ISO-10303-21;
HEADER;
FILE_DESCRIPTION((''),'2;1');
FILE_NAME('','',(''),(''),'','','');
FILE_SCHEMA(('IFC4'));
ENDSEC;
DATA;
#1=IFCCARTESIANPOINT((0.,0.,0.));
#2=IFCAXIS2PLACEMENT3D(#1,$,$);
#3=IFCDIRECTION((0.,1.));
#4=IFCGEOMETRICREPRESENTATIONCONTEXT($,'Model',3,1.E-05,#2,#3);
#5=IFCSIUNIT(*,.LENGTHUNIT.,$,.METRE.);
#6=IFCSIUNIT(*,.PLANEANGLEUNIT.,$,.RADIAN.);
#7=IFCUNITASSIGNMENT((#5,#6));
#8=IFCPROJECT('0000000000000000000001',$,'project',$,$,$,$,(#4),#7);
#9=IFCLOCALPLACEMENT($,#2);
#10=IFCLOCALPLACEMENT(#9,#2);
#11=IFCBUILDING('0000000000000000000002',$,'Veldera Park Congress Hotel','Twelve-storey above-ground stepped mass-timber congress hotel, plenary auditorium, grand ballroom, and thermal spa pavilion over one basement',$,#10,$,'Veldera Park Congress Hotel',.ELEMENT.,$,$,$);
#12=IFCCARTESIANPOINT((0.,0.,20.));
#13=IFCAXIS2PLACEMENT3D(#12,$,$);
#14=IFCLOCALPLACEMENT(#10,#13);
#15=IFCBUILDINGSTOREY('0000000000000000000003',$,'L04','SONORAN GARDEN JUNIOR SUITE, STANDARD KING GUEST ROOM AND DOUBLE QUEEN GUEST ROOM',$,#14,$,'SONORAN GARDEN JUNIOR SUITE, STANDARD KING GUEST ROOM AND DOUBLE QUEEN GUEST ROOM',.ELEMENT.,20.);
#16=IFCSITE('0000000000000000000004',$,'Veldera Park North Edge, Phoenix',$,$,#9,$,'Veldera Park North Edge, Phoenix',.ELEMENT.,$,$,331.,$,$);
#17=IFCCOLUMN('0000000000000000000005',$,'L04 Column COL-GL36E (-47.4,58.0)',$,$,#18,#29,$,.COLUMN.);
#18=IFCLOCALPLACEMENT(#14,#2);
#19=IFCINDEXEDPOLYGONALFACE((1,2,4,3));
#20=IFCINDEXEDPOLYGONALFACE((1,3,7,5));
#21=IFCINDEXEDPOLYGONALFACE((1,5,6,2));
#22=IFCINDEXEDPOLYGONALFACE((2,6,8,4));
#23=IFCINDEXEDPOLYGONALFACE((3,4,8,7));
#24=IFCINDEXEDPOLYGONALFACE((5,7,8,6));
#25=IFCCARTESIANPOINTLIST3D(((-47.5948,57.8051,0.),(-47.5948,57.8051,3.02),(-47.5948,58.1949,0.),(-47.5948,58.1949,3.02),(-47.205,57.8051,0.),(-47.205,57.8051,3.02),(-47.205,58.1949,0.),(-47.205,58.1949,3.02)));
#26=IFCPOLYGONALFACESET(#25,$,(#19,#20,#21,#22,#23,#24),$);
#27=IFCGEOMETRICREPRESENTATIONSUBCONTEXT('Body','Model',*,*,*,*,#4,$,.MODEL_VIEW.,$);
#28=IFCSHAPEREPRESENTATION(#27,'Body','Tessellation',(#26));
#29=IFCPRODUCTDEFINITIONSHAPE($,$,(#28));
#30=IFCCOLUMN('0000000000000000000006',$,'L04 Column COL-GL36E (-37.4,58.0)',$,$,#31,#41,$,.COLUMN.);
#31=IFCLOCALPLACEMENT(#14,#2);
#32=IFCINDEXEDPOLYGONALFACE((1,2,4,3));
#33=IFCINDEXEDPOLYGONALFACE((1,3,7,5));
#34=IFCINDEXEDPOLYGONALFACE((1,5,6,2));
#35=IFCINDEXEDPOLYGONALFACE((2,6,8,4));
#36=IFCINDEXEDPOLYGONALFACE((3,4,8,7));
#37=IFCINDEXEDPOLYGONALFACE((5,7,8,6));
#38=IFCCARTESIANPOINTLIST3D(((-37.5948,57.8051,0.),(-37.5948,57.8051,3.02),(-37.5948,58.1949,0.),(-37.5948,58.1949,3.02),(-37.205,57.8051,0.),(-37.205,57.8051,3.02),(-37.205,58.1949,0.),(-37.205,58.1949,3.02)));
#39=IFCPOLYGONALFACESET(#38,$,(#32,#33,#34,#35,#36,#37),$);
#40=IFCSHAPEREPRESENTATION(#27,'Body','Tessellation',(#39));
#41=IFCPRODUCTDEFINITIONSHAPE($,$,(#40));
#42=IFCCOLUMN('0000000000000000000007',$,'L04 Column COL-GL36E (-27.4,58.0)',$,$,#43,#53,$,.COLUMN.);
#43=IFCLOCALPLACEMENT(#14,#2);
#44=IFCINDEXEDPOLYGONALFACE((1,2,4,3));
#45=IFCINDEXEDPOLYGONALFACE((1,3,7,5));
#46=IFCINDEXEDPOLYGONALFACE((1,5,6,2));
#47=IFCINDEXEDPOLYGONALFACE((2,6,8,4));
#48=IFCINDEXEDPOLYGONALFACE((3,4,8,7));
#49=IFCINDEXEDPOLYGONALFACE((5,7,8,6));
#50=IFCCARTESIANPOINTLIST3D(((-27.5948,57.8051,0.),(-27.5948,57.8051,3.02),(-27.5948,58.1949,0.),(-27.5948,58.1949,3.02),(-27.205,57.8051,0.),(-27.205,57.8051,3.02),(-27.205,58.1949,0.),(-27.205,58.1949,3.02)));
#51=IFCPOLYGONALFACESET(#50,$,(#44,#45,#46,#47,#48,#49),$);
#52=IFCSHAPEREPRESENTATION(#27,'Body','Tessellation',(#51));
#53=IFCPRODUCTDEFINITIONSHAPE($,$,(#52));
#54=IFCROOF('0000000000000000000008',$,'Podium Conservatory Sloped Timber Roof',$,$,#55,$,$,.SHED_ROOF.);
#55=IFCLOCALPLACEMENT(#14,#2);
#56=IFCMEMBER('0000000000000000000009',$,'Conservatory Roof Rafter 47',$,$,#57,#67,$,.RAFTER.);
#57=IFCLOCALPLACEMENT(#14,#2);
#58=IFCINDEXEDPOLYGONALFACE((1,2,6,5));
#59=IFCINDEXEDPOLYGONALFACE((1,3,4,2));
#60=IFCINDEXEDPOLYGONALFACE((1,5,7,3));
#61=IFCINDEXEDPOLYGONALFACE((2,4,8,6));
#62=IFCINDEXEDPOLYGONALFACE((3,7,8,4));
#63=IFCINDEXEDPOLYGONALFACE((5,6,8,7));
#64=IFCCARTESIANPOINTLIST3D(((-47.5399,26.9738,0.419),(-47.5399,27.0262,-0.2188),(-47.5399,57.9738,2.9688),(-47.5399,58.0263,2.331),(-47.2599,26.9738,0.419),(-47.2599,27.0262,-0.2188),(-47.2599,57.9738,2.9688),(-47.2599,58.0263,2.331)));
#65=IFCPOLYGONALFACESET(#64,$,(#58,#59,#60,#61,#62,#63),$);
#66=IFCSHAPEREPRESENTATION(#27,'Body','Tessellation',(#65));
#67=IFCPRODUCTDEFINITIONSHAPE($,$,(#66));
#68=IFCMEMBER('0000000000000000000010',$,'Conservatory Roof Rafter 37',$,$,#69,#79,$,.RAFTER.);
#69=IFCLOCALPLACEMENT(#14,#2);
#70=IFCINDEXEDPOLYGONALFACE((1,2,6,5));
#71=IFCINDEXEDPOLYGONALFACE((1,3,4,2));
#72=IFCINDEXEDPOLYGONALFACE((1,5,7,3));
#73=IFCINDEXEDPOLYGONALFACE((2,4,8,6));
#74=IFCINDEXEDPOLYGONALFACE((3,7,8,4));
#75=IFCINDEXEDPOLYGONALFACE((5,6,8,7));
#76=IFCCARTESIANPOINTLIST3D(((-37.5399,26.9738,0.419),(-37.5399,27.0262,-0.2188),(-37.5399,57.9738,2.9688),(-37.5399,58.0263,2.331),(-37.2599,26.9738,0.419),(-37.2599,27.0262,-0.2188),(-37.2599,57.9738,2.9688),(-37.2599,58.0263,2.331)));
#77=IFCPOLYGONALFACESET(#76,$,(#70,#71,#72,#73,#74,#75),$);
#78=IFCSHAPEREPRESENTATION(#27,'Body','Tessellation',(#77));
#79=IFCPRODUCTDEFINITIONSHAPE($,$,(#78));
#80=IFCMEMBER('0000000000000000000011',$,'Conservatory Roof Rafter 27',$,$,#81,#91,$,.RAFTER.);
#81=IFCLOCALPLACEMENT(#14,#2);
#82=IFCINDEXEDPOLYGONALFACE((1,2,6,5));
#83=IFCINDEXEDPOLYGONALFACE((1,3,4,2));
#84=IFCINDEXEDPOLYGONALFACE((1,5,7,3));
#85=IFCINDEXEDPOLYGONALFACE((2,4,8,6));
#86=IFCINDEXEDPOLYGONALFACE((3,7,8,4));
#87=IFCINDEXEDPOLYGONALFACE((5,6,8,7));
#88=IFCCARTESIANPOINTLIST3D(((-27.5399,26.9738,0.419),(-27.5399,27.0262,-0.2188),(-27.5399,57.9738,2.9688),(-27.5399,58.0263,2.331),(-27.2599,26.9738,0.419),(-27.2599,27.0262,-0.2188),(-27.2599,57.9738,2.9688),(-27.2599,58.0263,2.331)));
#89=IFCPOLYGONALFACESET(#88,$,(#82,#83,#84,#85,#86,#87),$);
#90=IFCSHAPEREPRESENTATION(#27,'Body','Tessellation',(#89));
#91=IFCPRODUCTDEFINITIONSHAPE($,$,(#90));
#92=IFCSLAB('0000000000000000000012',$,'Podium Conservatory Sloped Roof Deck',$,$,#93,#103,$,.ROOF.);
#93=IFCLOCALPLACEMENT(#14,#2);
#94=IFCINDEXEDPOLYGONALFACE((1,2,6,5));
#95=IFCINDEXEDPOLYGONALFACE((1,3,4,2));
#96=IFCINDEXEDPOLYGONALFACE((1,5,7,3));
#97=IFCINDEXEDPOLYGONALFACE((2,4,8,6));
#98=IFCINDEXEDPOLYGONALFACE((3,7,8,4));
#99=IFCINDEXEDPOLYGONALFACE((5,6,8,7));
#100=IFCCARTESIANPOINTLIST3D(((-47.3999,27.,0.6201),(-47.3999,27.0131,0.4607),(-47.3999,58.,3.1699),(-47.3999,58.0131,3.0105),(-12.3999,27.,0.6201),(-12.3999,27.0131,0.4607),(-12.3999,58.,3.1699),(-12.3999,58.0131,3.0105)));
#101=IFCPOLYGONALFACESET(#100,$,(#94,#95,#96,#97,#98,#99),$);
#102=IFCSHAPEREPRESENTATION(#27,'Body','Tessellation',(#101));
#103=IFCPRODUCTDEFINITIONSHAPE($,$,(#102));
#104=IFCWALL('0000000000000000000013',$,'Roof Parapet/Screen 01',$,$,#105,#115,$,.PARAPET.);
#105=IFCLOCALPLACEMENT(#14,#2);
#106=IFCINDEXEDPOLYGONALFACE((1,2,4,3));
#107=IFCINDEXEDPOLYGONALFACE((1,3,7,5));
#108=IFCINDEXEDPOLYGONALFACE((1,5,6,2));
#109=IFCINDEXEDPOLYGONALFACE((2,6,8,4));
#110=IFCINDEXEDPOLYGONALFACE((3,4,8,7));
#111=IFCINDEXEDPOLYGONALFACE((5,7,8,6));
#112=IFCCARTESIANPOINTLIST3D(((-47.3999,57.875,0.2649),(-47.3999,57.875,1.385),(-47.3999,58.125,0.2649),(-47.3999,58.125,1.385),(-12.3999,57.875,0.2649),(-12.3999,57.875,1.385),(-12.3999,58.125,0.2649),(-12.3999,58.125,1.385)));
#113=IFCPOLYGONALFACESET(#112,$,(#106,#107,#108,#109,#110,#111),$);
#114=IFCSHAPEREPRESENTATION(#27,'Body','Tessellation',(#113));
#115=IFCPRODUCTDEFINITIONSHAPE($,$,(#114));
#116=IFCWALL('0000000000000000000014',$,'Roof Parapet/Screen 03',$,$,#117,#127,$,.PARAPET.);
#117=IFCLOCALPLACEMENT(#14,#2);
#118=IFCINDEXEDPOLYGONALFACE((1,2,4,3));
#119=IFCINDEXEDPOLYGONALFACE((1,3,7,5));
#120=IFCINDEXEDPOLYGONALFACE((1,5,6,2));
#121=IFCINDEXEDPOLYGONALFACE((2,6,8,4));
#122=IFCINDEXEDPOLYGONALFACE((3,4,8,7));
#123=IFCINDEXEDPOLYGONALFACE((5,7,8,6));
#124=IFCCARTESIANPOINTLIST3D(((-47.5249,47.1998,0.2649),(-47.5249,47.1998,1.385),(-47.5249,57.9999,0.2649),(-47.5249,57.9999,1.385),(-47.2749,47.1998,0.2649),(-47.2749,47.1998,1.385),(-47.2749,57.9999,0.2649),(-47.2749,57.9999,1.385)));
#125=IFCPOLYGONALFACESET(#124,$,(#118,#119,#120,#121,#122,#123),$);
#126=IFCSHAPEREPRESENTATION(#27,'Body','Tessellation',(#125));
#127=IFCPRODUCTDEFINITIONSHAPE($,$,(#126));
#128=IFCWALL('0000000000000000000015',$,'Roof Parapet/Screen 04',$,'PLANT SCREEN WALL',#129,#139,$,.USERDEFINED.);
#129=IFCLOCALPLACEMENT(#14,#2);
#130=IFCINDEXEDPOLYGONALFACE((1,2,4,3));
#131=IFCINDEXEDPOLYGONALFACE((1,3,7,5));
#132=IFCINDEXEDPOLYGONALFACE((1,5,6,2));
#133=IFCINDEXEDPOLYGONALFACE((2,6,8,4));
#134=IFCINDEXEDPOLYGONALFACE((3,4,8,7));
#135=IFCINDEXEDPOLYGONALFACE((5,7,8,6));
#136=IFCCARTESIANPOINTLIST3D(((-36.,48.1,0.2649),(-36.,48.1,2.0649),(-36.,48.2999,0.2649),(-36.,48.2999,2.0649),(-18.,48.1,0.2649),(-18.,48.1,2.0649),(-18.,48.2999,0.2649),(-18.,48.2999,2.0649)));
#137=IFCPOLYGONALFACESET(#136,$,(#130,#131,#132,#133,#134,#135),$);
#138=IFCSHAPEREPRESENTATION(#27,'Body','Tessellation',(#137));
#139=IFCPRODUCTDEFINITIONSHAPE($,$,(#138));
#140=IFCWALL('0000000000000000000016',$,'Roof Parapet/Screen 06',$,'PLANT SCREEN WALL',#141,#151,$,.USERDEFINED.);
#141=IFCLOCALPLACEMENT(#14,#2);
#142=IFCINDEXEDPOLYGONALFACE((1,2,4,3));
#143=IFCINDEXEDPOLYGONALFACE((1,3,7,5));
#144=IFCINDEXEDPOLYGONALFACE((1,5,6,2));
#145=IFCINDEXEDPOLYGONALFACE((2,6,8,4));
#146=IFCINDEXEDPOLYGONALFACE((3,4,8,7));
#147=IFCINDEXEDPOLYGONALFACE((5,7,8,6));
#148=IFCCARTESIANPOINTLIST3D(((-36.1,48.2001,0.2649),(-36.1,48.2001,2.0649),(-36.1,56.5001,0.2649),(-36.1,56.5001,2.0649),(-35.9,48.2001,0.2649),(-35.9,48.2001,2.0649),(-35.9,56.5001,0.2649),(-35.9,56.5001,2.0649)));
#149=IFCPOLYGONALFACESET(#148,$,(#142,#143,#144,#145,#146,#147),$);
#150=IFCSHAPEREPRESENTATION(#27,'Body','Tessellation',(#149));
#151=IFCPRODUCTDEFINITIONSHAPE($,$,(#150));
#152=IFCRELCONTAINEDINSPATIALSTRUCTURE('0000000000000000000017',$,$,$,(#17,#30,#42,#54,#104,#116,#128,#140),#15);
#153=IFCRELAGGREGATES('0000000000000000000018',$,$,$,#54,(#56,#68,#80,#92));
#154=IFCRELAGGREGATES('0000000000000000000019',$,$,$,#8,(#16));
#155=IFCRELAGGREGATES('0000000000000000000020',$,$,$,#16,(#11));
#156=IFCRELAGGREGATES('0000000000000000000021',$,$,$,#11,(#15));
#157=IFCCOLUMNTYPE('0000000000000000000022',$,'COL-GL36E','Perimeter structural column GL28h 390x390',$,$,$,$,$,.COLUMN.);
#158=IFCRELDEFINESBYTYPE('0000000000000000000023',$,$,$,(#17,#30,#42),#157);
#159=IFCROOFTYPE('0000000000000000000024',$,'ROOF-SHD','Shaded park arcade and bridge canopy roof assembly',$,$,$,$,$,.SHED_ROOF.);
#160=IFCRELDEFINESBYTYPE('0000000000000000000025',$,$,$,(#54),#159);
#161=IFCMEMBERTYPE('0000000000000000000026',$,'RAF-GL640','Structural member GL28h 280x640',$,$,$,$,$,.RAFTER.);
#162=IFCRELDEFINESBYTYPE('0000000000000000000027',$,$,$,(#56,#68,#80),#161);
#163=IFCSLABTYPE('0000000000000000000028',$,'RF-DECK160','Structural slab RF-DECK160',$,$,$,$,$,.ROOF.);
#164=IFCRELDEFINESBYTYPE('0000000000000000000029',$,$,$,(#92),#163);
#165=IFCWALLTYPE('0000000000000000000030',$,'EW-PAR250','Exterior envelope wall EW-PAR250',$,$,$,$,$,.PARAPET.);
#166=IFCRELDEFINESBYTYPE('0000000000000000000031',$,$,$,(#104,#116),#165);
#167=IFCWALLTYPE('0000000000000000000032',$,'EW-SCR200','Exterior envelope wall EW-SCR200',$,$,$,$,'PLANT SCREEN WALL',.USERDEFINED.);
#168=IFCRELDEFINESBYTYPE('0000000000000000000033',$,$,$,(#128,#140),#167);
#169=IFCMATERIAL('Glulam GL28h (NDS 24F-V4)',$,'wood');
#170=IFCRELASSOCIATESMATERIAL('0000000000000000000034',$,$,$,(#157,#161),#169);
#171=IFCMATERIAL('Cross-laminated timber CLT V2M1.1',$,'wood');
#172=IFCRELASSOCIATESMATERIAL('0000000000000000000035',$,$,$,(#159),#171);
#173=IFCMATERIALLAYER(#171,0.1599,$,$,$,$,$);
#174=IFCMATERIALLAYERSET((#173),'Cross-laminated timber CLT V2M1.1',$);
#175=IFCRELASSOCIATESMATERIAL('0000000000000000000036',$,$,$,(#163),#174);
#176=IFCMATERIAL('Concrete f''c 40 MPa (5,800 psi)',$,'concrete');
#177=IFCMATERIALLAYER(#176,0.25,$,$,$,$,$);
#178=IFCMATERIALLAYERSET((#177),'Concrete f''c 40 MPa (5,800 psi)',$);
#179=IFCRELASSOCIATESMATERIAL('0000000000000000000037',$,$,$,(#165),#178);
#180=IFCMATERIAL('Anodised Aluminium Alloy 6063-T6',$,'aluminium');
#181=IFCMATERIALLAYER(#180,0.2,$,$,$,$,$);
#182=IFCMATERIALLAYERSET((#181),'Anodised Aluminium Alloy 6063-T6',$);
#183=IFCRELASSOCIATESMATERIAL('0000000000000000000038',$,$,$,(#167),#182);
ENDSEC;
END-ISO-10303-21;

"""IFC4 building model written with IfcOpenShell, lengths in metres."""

from ifc_helpers import new_model, si_unit, direction, frame, frame_2d, origin, origin_2d, place, context, subcontext, project, spatial, polyline, rectangle, outline, extrude, material, layer, layer_set, material_profile, profile_set, type_object, element, aggregate, save


model = new_model("IFC4")

# Units and contexts
model_context = context("Model", 3, precision=1e-05, world=origin(), true_north=direction((0.0, 1.0)))
body_context = subcontext(model_context, "Body", "Model", "MODEL_VIEW")
ifc_project = project(units=[si_unit("LENGTHUNIT", "METRE"), si_unit("PLANEANGLEUNIT", "RADIAN")], contexts=[model_context])

# Site, building, storey
site_placement = place(None, origin())
site = spatial("IfcSite", under=ifc_project, at=site_placement, Name="Veldera Park North Edge, Phoenix", LongName="Veldera Park North Edge, Phoenix", CompositionType="ELEMENT", RefElevation=331.0)
building_placement = place(site_placement, origin())
building = spatial("IfcBuilding", under=site, at=building_placement, Name="Veldera Park Congress Hotel", Description="Twelve-storey above-ground stepped mass-timber congress hotel, plenary auditorium, grand ballroom, and thermal spa pavilion over one basement", LongName="Veldera Park Congress Hotel", CompositionType="ELEMENT")
storey_placement = place(building_placement, frame((0.0, 0.0, 20.0)))
storey = spatial("IfcBuildingStorey", under=building, at=storey_placement, Name="L04", Description="SONORAN GARDEN JUNIOR SUITE, STANDARD KING GUEST ROOM AND DOUBLE QUEEN GUEST ROOM", LongName="SONORAN GARDEN JUNIOR SUITE, STANDARD KING GUEST ROOM AND DOUBLE QUEEN GUEST ROOM", CompositionType="ELEMENT", Elevation=20.0)

# Columns
ifc_material_1 = material(Name="Glulam GL28h (NDS 24F-V4)", Category="wood")
ifc_material_profile_1 = material_profile(ifc_material_1, rectangle(XDim=0.3899, YDim=0.3899, at=origin_2d()), Name="GL28h 390x390")
ifc_profile_set_1 = profile_set([ifc_material_profile_1], Name="Glulam GL28h (NDS 24F-V4)")
column_type = type_object("IfcColumnType", Name="COL-GL36E", Description="Perimeter structural column GL28h 390x390", PredefinedType="COLUMN", material=ifc_profile_set_1)
for number, where, z_axis, x_axis, name in (
    (1, (-47.3999, 58.0, 0.0), (0.0, 0.0, 1.0), (1.0, 0.0, 0.0), "L04 Column COL-GL36E (-47.4,58.0)"),
    (2, (-37.3999, 58.0, 0.0), (0.0, 0.0, 1.0), (1.0, 0.0, 0.0), "L04 Column COL-GL36E (-37.4,58.0)"),
    (3, (-27.3999, 58.0, 0.0), (0.0, 0.0, 1.0), (1.0, 0.0, 0.0), "L04 Column COL-GL36E (-27.4,58.0)"),
):
    element("IfcColumn", number, at=place(storey_placement, frame(where, z_axis=z_axis, x_axis=x_axis)), inside=storey, type_object=column_type, Name=name, PredefinedType="COLUMN", context=body_context, shape_type="SweptSolid", body=[
        extrude(rectangle(XDim=0.3899, YDim=0.3899, at=origin_2d()), origin(), (0.0, 0.0, 1.0), 3.02),
    ])

# Roof, members, slab
ifc_material_2 = material(Name="Cross-laminated timber CLT V2M1.1", Category="wood")
roof_type = type_object("IfcRoofType", Name="ROOF-SHD", Description="Shaded park arcade and bridge canopy roof assembly", PredefinedType="SHED_ROOF", material=ifc_material_2)
roof_placement = place(storey_placement, origin())
roof = element("IfcRoof", 4, at=roof_placement, inside=storey, type_object=roof_type, Name="Podium Conservatory Sloped Timber Roof", PredefinedType="SHED_ROOF")
ifc_material_profile_2 = material_profile(ifc_material_1, rectangle(XDim=0.28, YDim=0.6399, at=origin_2d()), Name="GL28h 280x640")
ifc_profile_set_2 = profile_set([ifc_material_profile_2], Name="Glulam GL28h (NDS 24F-V4)")
member_type = type_object("IfcMemberType", Name="RAF-GL640", Description="Structural member GL28h 280x640", PredefinedType="RAFTER", material=ifc_profile_set_2)
member_1_placement = place(storey_placement, frame((-47.3999, 27.0, 0.1001), z_axis=(0.0, 0.996634, 0.081975), x_axis=(-1.0, 0.0, 0.0)))
member_1 = element("IfcMember", 5, at=member_1_placement, type_object=member_type, Name="Conservatory Roof Rafter 47", PredefinedType="RAFTER", context=body_context, shape_type="SweptSolid", body=[
    extrude(rectangle(XDim=0.28, YDim=0.6399, at=origin_2d()), origin(), (0.0, 0.0, 1.0), 31.1047),
])
member_2_placement = place(storey_placement, frame((-37.3999, 27.0, 0.1001), z_axis=(0.0, 0.996634, 0.081975), x_axis=(-1.0, 0.0, 0.0)))
member_2 = element("IfcMember", 6, at=member_2_placement, type_object=member_type, Name="Conservatory Roof Rafter 37", PredefinedType="RAFTER", context=body_context, shape_type="SweptSolid", body=[
    extrude(rectangle(XDim=0.28, YDim=0.6399, at=origin_2d()), origin(), (0.0, 0.0, 1.0), 31.1047),
])
member_3_placement = place(storey_placement, frame((-27.3999, 27.0, 0.1001), z_axis=(0.0, 0.996634, 0.081975), x_axis=(-1.0, 0.0, 0.0)))
member_3 = element("IfcMember", 7, at=member_3_placement, type_object=member_type, Name="Conservatory Roof Rafter 27", PredefinedType="RAFTER", context=body_context, shape_type="SweptSolid", body=[
    extrude(rectangle(XDim=0.28, YDim=0.6399, at=origin_2d()), origin(), (0.0, 0.0, 1.0), 31.1047),
])
ifc_layer_1 = layer(ifc_material_2, 0.1599)
ifc_layer_set_1 = layer_set([ifc_layer_1], Name="Cross-laminated timber CLT V2M1.1")
slab_type = type_object("IfcSlabType", Name="RF-DECK160", Description="Structural slab RF-DECK160", PredefinedType="ROOF", material=ifc_layer_set_1)
slab_placement = place(storey_placement, frame((-47.3999, 27.0, 0.6201), z_axis=(0.0, -0.081975, 0.996634), x_axis=(1.0, 0.0, 0.0)))
slab = element("IfcSlab", 8, at=slab_placement, type_object=slab_type, Name="Podium Conservatory Sloped Roof Deck", PredefinedType="ROOF", context=body_context, shape_type="SweptSolid", body=[
    extrude(outline(polyline([(0.0, 0.0), (35.0, 0.0), (35.0, 31.1047), (0.0, 31.1047), (0.0, 0.0)])), origin(), (0.0, 0.0, -1.0), 0.1599),
])
aggregate(roof, [member_1, member_2, member_3, slab])

# Walls
ifc_material_3 = material(Name="Concrete f'c 40 MPa (5,800 psi)", Category="concrete")
ifc_layer_2 = layer(ifc_material_3, 0.25)
ifc_layer_set_2 = layer_set([ifc_layer_2], Name="Concrete f'c 40 MPa (5,800 psi)")
wall_type_1 = type_object("IfcWallType", Name="EW-PAR250", Description="Exterior envelope wall EW-PAR250", PredefinedType="PARAPET", material=ifc_layer_set_2)
wall_1_placement = place(storey_placement, frame((-47.3999, 58.0, 0.2649), z_axis=(0.0, 0.0, 1.0), x_axis=(1.0, 0.0, 0.0)))
element("IfcWall", 9, at=wall_1_placement, inside=storey, type_object=wall_type_1, Name="Roof Parapet/Screen 01", PredefinedType="PARAPET", context=body_context, shape_type="SweptSolid", body=[
    extrude(rectangle(XDim=35.0, YDim=0.25, at=frame_2d((17.5, 0.0))), origin(), (0.0, 0.0, 1.0), 1.1201),
])
wall_2_placement = place(storey_placement, frame((-47.3999, 47.2, 0.2649), z_axis=(0.0, 0.0, 1.0), x_axis=(0.0, 1.0, 0.0)))
element("IfcWall", 10, at=wall_2_placement, inside=storey, type_object=wall_type_1, Name="Roof Parapet/Screen 03", PredefinedType="PARAPET", context=body_context, shape_type="SweptSolid", body=[
    extrude(rectangle(XDim=10.8, YDim=0.25, at=frame_2d((5.3999, 0.0))), origin(), (0.0, 0.0, 1.0), 1.1201),
])
ifc_material_4 = material(Name="Anodised Aluminium Alloy 6063-T6", Category="aluminium")
ifc_layer_3 = layer(ifc_material_4, 0.2)
ifc_layer_set_3 = layer_set([ifc_layer_3], Name="Anodised Aluminium Alloy 6063-T6")
wall_type_2 = type_object("IfcWallType", Name="EW-SCR200", Description="Exterior envelope wall EW-SCR200", ElementType="PLANT SCREEN WALL", PredefinedType="USERDEFINED", material=ifc_layer_set_3)
wall_3_placement = place(storey_placement, frame((-36.0, 48.2, 0.2649), z_axis=(0.0, 0.0, 1.0), x_axis=(1.0, 0.0, 0.0)))
element("IfcWall", 11, at=wall_3_placement, inside=storey, type_object=wall_type_2, Name="Roof Parapet/Screen 04", ObjectType="PLANT SCREEN WALL", PredefinedType="USERDEFINED", context=body_context, shape_type="SweptSolid", body=[
    extrude(rectangle(XDim=18.0, YDim=0.2, at=frame_2d((9.0, 0.0))), origin(), (0.0, 0.0, 1.0), 1.8),
])
wall_4_placement = place(storey_placement, frame((-36.0, 56.5, 0.2649), z_axis=(0.0, 0.0, 1.0), x_axis=(0.0, -1.0, 0.0)))
element("IfcWall", 12, at=wall_4_placement, inside=storey, type_object=wall_type_2, Name="Roof Parapet/Screen 06", ObjectType="PLANT SCREEN WALL", PredefinedType="USERDEFINED", context=body_context, shape_type="SweptSolid", body=[
    extrude(rectangle(XDim=8.3, YDim=0.2, at=frame_2d((4.1499, 0.0))), origin(), (0.0, 0.0, 1.0), 1.8),
])

save(model, "model.ifc")
